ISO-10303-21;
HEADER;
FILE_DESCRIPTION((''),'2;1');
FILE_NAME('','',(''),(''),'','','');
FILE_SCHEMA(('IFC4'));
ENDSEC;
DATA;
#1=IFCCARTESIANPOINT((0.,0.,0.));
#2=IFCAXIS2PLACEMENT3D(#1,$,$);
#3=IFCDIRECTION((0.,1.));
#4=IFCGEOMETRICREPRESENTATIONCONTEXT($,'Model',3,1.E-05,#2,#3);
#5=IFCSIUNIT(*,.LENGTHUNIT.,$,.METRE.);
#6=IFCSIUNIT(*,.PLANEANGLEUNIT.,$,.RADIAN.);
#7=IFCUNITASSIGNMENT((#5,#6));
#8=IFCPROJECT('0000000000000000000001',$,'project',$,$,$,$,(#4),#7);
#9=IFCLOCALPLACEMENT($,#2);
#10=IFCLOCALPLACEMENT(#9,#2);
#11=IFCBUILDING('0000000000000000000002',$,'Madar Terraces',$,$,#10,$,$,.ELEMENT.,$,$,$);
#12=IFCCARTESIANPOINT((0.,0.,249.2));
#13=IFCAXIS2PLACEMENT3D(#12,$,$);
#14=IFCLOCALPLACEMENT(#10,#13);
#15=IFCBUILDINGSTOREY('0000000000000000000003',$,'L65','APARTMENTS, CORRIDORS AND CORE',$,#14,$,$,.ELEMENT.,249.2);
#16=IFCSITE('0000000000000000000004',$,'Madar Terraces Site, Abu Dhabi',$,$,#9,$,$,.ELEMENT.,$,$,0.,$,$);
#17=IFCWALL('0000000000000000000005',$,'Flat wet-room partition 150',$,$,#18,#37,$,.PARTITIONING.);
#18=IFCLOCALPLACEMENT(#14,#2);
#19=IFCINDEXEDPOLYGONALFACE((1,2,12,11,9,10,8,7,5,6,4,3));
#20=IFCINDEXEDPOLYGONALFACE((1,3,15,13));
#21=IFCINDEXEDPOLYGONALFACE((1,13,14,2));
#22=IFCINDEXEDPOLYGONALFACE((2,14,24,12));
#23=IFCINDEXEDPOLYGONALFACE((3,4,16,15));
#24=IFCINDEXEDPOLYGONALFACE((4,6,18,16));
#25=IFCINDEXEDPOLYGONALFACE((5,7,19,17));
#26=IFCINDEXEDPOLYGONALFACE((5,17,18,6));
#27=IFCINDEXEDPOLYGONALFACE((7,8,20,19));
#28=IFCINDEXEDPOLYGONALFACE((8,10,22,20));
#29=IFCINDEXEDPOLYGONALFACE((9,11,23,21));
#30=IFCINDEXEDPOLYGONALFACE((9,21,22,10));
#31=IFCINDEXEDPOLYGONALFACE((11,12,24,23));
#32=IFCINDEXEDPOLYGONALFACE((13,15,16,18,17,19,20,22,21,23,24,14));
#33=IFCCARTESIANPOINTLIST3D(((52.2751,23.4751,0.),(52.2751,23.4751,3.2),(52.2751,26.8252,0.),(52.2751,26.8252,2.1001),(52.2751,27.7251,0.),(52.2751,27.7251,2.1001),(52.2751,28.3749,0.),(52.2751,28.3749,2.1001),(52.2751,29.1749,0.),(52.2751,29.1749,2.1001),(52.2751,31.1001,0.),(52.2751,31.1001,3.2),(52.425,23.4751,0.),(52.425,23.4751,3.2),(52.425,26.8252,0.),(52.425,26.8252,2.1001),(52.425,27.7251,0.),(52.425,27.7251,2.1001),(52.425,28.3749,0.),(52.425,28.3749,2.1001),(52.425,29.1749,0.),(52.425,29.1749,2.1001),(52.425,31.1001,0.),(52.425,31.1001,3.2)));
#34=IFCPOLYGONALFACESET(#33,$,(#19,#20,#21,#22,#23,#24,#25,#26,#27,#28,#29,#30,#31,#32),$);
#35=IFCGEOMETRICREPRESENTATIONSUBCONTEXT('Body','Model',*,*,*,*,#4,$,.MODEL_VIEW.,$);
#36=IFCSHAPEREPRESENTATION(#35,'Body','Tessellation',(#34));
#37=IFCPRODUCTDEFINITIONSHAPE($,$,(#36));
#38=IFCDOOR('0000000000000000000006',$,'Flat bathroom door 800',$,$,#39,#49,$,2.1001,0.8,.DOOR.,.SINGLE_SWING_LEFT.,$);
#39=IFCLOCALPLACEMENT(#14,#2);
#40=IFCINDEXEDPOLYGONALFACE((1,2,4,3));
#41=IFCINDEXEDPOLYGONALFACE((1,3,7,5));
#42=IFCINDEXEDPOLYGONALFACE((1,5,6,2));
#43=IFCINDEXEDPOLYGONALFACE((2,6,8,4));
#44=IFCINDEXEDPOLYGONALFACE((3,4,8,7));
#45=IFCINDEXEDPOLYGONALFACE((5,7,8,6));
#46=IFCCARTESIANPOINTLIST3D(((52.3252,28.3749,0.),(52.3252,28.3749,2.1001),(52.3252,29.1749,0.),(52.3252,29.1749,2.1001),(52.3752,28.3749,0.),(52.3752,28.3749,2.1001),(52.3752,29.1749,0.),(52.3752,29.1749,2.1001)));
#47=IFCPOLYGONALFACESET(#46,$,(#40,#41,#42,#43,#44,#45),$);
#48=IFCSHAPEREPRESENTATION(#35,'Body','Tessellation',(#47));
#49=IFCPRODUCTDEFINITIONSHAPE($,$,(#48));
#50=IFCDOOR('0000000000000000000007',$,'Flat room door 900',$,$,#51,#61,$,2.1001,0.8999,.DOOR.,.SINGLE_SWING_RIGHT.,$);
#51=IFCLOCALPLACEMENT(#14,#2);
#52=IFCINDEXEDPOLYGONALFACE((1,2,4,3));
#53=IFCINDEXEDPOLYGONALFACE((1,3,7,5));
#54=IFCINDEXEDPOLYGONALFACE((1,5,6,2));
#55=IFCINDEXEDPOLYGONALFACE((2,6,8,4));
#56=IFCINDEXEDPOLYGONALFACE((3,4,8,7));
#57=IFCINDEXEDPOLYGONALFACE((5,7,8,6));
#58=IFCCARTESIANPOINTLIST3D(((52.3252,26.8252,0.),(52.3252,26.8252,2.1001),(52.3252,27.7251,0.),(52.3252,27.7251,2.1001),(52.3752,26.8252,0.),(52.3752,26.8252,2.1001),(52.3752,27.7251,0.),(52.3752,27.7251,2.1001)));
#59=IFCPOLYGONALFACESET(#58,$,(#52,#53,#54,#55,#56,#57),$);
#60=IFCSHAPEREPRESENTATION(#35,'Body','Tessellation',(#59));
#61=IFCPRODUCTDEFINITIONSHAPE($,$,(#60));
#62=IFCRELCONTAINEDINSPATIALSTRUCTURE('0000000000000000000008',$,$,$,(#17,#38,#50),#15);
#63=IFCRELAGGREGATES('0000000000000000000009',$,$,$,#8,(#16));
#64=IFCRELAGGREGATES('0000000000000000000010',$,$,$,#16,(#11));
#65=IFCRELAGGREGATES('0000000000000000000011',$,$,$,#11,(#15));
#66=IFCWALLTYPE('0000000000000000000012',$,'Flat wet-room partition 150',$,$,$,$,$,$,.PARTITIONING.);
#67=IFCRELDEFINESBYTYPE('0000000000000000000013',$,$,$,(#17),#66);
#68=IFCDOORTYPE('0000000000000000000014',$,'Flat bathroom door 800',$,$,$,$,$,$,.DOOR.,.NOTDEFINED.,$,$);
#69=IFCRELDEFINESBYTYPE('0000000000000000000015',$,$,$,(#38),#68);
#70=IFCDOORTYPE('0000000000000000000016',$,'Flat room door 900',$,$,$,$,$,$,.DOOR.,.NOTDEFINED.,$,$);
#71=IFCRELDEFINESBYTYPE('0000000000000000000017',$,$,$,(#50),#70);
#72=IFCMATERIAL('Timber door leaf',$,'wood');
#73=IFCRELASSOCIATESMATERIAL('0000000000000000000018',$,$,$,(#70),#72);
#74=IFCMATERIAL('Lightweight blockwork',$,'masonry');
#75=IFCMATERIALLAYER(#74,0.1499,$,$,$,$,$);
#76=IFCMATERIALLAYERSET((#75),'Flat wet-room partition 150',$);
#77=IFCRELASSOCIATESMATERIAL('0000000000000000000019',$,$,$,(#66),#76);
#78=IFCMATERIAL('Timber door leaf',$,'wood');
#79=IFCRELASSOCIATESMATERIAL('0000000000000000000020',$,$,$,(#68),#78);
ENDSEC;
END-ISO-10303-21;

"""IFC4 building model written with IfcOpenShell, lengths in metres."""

from ifc_helpers import new_model, si_unit, direction, frame, frame_2d, origin, place, context, subcontext, project, spatial, rectangle, extrude, material, layer, layer_set, type_object, element, fill, save


model = new_model("IFC4")

# Units and contexts
model_context = context("Model", 3, precision=1e-05, world=origin(), true_north=direction((0.0, 1.0)))
body_context = subcontext(model_context, "Body", "Model", "MODEL_VIEW")
ifc_project = project(units=[si_unit("LENGTHUNIT", "METRE"), si_unit("PLANEANGLEUNIT", "RADIAN")], contexts=[model_context])

# Site, building, storey
site_placement = place(None, origin())
site = spatial("IfcSite", under=ifc_project, at=site_placement, Name="Madar Terraces Site, Abu Dhabi", CompositionType="ELEMENT", RefElevation=0.0)
building_placement = place(site_placement, origin())
building = spatial("IfcBuilding", under=site, at=building_placement, Name="Madar Terraces", CompositionType="ELEMENT")
storey_placement = place(building_placement, frame((0.0, 0.0, 249.2)))
storey = spatial("IfcBuildingStorey", under=building, at=storey_placement, Name="L65", Description="APARTMENTS, CORRIDORS AND CORE", CompositionType="ELEMENT", Elevation=249.2)

# Shared definitions
ifc_material_1 = material(Name="Timber door leaf", Category="wood")
door_type_1 = type_object("IfcDoorType", Name="Flat room door 900", OperationType="NOTDEFINED", PredefinedType="DOOR", material=ifc_material_1)

# Shared definitions
ifc_material_2 = material(Name="Lightweight blockwork", Category="masonry")
ifc_layer_1 = layer(ifc_material_2, 0.1499)
ifc_layer_set_1 = layer_set([ifc_layer_1], Name="Flat wet-room partition 150")
wall_type_1 = type_object("IfcWallType", Name="Flat wet-room partition 150", PredefinedType="PARTITIONING", material=ifc_layer_set_1)

# Wall, openings, doors
wall_1_placement = place(storey_placement, frame((52.3501, 23.4751, 0.0), z_axis=(0.0, 0.0, 1.0), x_axis=(0.0, 1.0, 0.0)))
wall_1 = element("IfcWall", 1, at=wall_1_placement, inside=storey, type_object=wall_type_1, Name="Flat wet-room partition 150", PredefinedType="PARTITIONING", context=body_context, shape_type="SweptSolid", body=[
    extrude(rectangle(XDim=7.625, YDim=0.1499, at=frame_2d((3.8125, 0.0))), origin(), (0.0, 0.0, 1.0), 3.2),
])
opening_1_placement = place(wall_1_placement, frame((3.3501, 0.0, 0.0)))
opening_1 = element("IfcOpeningElement", 2, at=opening_1_placement, cuts=wall_1, PredefinedType="OPENING", context=body_context, shape_type="SweptSolid", body=[
    extrude(rectangle(XDim=0.8999, YDim=2.1001, at=frame_2d((0.45, 1.05))), frame((0.0, 0.085, 0.0), z_axis=(0.0, -1.0, 0.0), x_axis=(1.0, 0.0, 0.0)), (0.0, 0.0, 1.0), 0.1699),
])
opening_2_placement = place(wall_1_placement, frame((4.8999, 0.0, 0.0)))
opening_2 = element("IfcOpeningElement", 3, at=opening_2_placement, cuts=wall_1, PredefinedType="OPENING", context=body_context, shape_type="SweptSolid", body=[
    extrude(rectangle(XDim=0.8, YDim=2.1001, at=frame_2d((0.3999, 1.05))), frame((0.0, 0.085, 0.0), z_axis=(0.0, -1.0, 0.0), x_axis=(1.0, 0.0, 0.0)), (0.0, 0.0, 1.0), 0.1699),
])
ifc_material_3 = material(Name="Timber door leaf", Category="wood")
door_type_2 = type_object("IfcDoorType", Name="Flat bathroom door 800", OperationType="NOTDEFINED", PredefinedType="DOOR", material=ifc_material_3)
door_1_placement = place(opening_2_placement, origin())
door_1 = element("IfcDoor", 4, at=door_1_placement, inside=storey, type_object=door_type_2, Name="Flat bathroom door 800", OperationType="SINGLE_SWING_LEFT", OverallHeight=2.1001, OverallWidth=0.8, PredefinedType="DOOR", context=body_context, shape_type="SweptSolid", body=[
    extrude(rectangle(XDim=0.8, YDim=2.1001, at=frame_2d((0.3999, 1.05))), frame((0.0, 0.0249, 0.0), z_axis=(0.0, -1.0, 0.0), x_axis=(1.0, 0.0, 0.0)), (0.0, 0.0, 1.0), 0.05),
])
fill(opening_2, door_1)
door_2_placement = place(opening_1_placement, origin())
door_2 = element("IfcDoor", 5, at=door_2_placement, inside=storey, type_object=door_type_1, Name="Flat room door 900", OperationType="SINGLE_SWING_RIGHT", OverallHeight=2.1001, OverallWidth=0.8999, PredefinedType="DOOR", context=body_context, shape_type="SweptSolid", body=[
    extrude(rectangle(XDim=0.8999, YDim=2.1001, at=frame_2d((0.45, 1.05))), frame((0.0, 0.0249, 0.0), z_axis=(0.0, -1.0, 0.0), x_axis=(1.0, 0.0, 0.0)), (0.0, 0.0, 1.0), 0.05),
])
fill(opening_1, door_2)

save(model, "model.ifc")
